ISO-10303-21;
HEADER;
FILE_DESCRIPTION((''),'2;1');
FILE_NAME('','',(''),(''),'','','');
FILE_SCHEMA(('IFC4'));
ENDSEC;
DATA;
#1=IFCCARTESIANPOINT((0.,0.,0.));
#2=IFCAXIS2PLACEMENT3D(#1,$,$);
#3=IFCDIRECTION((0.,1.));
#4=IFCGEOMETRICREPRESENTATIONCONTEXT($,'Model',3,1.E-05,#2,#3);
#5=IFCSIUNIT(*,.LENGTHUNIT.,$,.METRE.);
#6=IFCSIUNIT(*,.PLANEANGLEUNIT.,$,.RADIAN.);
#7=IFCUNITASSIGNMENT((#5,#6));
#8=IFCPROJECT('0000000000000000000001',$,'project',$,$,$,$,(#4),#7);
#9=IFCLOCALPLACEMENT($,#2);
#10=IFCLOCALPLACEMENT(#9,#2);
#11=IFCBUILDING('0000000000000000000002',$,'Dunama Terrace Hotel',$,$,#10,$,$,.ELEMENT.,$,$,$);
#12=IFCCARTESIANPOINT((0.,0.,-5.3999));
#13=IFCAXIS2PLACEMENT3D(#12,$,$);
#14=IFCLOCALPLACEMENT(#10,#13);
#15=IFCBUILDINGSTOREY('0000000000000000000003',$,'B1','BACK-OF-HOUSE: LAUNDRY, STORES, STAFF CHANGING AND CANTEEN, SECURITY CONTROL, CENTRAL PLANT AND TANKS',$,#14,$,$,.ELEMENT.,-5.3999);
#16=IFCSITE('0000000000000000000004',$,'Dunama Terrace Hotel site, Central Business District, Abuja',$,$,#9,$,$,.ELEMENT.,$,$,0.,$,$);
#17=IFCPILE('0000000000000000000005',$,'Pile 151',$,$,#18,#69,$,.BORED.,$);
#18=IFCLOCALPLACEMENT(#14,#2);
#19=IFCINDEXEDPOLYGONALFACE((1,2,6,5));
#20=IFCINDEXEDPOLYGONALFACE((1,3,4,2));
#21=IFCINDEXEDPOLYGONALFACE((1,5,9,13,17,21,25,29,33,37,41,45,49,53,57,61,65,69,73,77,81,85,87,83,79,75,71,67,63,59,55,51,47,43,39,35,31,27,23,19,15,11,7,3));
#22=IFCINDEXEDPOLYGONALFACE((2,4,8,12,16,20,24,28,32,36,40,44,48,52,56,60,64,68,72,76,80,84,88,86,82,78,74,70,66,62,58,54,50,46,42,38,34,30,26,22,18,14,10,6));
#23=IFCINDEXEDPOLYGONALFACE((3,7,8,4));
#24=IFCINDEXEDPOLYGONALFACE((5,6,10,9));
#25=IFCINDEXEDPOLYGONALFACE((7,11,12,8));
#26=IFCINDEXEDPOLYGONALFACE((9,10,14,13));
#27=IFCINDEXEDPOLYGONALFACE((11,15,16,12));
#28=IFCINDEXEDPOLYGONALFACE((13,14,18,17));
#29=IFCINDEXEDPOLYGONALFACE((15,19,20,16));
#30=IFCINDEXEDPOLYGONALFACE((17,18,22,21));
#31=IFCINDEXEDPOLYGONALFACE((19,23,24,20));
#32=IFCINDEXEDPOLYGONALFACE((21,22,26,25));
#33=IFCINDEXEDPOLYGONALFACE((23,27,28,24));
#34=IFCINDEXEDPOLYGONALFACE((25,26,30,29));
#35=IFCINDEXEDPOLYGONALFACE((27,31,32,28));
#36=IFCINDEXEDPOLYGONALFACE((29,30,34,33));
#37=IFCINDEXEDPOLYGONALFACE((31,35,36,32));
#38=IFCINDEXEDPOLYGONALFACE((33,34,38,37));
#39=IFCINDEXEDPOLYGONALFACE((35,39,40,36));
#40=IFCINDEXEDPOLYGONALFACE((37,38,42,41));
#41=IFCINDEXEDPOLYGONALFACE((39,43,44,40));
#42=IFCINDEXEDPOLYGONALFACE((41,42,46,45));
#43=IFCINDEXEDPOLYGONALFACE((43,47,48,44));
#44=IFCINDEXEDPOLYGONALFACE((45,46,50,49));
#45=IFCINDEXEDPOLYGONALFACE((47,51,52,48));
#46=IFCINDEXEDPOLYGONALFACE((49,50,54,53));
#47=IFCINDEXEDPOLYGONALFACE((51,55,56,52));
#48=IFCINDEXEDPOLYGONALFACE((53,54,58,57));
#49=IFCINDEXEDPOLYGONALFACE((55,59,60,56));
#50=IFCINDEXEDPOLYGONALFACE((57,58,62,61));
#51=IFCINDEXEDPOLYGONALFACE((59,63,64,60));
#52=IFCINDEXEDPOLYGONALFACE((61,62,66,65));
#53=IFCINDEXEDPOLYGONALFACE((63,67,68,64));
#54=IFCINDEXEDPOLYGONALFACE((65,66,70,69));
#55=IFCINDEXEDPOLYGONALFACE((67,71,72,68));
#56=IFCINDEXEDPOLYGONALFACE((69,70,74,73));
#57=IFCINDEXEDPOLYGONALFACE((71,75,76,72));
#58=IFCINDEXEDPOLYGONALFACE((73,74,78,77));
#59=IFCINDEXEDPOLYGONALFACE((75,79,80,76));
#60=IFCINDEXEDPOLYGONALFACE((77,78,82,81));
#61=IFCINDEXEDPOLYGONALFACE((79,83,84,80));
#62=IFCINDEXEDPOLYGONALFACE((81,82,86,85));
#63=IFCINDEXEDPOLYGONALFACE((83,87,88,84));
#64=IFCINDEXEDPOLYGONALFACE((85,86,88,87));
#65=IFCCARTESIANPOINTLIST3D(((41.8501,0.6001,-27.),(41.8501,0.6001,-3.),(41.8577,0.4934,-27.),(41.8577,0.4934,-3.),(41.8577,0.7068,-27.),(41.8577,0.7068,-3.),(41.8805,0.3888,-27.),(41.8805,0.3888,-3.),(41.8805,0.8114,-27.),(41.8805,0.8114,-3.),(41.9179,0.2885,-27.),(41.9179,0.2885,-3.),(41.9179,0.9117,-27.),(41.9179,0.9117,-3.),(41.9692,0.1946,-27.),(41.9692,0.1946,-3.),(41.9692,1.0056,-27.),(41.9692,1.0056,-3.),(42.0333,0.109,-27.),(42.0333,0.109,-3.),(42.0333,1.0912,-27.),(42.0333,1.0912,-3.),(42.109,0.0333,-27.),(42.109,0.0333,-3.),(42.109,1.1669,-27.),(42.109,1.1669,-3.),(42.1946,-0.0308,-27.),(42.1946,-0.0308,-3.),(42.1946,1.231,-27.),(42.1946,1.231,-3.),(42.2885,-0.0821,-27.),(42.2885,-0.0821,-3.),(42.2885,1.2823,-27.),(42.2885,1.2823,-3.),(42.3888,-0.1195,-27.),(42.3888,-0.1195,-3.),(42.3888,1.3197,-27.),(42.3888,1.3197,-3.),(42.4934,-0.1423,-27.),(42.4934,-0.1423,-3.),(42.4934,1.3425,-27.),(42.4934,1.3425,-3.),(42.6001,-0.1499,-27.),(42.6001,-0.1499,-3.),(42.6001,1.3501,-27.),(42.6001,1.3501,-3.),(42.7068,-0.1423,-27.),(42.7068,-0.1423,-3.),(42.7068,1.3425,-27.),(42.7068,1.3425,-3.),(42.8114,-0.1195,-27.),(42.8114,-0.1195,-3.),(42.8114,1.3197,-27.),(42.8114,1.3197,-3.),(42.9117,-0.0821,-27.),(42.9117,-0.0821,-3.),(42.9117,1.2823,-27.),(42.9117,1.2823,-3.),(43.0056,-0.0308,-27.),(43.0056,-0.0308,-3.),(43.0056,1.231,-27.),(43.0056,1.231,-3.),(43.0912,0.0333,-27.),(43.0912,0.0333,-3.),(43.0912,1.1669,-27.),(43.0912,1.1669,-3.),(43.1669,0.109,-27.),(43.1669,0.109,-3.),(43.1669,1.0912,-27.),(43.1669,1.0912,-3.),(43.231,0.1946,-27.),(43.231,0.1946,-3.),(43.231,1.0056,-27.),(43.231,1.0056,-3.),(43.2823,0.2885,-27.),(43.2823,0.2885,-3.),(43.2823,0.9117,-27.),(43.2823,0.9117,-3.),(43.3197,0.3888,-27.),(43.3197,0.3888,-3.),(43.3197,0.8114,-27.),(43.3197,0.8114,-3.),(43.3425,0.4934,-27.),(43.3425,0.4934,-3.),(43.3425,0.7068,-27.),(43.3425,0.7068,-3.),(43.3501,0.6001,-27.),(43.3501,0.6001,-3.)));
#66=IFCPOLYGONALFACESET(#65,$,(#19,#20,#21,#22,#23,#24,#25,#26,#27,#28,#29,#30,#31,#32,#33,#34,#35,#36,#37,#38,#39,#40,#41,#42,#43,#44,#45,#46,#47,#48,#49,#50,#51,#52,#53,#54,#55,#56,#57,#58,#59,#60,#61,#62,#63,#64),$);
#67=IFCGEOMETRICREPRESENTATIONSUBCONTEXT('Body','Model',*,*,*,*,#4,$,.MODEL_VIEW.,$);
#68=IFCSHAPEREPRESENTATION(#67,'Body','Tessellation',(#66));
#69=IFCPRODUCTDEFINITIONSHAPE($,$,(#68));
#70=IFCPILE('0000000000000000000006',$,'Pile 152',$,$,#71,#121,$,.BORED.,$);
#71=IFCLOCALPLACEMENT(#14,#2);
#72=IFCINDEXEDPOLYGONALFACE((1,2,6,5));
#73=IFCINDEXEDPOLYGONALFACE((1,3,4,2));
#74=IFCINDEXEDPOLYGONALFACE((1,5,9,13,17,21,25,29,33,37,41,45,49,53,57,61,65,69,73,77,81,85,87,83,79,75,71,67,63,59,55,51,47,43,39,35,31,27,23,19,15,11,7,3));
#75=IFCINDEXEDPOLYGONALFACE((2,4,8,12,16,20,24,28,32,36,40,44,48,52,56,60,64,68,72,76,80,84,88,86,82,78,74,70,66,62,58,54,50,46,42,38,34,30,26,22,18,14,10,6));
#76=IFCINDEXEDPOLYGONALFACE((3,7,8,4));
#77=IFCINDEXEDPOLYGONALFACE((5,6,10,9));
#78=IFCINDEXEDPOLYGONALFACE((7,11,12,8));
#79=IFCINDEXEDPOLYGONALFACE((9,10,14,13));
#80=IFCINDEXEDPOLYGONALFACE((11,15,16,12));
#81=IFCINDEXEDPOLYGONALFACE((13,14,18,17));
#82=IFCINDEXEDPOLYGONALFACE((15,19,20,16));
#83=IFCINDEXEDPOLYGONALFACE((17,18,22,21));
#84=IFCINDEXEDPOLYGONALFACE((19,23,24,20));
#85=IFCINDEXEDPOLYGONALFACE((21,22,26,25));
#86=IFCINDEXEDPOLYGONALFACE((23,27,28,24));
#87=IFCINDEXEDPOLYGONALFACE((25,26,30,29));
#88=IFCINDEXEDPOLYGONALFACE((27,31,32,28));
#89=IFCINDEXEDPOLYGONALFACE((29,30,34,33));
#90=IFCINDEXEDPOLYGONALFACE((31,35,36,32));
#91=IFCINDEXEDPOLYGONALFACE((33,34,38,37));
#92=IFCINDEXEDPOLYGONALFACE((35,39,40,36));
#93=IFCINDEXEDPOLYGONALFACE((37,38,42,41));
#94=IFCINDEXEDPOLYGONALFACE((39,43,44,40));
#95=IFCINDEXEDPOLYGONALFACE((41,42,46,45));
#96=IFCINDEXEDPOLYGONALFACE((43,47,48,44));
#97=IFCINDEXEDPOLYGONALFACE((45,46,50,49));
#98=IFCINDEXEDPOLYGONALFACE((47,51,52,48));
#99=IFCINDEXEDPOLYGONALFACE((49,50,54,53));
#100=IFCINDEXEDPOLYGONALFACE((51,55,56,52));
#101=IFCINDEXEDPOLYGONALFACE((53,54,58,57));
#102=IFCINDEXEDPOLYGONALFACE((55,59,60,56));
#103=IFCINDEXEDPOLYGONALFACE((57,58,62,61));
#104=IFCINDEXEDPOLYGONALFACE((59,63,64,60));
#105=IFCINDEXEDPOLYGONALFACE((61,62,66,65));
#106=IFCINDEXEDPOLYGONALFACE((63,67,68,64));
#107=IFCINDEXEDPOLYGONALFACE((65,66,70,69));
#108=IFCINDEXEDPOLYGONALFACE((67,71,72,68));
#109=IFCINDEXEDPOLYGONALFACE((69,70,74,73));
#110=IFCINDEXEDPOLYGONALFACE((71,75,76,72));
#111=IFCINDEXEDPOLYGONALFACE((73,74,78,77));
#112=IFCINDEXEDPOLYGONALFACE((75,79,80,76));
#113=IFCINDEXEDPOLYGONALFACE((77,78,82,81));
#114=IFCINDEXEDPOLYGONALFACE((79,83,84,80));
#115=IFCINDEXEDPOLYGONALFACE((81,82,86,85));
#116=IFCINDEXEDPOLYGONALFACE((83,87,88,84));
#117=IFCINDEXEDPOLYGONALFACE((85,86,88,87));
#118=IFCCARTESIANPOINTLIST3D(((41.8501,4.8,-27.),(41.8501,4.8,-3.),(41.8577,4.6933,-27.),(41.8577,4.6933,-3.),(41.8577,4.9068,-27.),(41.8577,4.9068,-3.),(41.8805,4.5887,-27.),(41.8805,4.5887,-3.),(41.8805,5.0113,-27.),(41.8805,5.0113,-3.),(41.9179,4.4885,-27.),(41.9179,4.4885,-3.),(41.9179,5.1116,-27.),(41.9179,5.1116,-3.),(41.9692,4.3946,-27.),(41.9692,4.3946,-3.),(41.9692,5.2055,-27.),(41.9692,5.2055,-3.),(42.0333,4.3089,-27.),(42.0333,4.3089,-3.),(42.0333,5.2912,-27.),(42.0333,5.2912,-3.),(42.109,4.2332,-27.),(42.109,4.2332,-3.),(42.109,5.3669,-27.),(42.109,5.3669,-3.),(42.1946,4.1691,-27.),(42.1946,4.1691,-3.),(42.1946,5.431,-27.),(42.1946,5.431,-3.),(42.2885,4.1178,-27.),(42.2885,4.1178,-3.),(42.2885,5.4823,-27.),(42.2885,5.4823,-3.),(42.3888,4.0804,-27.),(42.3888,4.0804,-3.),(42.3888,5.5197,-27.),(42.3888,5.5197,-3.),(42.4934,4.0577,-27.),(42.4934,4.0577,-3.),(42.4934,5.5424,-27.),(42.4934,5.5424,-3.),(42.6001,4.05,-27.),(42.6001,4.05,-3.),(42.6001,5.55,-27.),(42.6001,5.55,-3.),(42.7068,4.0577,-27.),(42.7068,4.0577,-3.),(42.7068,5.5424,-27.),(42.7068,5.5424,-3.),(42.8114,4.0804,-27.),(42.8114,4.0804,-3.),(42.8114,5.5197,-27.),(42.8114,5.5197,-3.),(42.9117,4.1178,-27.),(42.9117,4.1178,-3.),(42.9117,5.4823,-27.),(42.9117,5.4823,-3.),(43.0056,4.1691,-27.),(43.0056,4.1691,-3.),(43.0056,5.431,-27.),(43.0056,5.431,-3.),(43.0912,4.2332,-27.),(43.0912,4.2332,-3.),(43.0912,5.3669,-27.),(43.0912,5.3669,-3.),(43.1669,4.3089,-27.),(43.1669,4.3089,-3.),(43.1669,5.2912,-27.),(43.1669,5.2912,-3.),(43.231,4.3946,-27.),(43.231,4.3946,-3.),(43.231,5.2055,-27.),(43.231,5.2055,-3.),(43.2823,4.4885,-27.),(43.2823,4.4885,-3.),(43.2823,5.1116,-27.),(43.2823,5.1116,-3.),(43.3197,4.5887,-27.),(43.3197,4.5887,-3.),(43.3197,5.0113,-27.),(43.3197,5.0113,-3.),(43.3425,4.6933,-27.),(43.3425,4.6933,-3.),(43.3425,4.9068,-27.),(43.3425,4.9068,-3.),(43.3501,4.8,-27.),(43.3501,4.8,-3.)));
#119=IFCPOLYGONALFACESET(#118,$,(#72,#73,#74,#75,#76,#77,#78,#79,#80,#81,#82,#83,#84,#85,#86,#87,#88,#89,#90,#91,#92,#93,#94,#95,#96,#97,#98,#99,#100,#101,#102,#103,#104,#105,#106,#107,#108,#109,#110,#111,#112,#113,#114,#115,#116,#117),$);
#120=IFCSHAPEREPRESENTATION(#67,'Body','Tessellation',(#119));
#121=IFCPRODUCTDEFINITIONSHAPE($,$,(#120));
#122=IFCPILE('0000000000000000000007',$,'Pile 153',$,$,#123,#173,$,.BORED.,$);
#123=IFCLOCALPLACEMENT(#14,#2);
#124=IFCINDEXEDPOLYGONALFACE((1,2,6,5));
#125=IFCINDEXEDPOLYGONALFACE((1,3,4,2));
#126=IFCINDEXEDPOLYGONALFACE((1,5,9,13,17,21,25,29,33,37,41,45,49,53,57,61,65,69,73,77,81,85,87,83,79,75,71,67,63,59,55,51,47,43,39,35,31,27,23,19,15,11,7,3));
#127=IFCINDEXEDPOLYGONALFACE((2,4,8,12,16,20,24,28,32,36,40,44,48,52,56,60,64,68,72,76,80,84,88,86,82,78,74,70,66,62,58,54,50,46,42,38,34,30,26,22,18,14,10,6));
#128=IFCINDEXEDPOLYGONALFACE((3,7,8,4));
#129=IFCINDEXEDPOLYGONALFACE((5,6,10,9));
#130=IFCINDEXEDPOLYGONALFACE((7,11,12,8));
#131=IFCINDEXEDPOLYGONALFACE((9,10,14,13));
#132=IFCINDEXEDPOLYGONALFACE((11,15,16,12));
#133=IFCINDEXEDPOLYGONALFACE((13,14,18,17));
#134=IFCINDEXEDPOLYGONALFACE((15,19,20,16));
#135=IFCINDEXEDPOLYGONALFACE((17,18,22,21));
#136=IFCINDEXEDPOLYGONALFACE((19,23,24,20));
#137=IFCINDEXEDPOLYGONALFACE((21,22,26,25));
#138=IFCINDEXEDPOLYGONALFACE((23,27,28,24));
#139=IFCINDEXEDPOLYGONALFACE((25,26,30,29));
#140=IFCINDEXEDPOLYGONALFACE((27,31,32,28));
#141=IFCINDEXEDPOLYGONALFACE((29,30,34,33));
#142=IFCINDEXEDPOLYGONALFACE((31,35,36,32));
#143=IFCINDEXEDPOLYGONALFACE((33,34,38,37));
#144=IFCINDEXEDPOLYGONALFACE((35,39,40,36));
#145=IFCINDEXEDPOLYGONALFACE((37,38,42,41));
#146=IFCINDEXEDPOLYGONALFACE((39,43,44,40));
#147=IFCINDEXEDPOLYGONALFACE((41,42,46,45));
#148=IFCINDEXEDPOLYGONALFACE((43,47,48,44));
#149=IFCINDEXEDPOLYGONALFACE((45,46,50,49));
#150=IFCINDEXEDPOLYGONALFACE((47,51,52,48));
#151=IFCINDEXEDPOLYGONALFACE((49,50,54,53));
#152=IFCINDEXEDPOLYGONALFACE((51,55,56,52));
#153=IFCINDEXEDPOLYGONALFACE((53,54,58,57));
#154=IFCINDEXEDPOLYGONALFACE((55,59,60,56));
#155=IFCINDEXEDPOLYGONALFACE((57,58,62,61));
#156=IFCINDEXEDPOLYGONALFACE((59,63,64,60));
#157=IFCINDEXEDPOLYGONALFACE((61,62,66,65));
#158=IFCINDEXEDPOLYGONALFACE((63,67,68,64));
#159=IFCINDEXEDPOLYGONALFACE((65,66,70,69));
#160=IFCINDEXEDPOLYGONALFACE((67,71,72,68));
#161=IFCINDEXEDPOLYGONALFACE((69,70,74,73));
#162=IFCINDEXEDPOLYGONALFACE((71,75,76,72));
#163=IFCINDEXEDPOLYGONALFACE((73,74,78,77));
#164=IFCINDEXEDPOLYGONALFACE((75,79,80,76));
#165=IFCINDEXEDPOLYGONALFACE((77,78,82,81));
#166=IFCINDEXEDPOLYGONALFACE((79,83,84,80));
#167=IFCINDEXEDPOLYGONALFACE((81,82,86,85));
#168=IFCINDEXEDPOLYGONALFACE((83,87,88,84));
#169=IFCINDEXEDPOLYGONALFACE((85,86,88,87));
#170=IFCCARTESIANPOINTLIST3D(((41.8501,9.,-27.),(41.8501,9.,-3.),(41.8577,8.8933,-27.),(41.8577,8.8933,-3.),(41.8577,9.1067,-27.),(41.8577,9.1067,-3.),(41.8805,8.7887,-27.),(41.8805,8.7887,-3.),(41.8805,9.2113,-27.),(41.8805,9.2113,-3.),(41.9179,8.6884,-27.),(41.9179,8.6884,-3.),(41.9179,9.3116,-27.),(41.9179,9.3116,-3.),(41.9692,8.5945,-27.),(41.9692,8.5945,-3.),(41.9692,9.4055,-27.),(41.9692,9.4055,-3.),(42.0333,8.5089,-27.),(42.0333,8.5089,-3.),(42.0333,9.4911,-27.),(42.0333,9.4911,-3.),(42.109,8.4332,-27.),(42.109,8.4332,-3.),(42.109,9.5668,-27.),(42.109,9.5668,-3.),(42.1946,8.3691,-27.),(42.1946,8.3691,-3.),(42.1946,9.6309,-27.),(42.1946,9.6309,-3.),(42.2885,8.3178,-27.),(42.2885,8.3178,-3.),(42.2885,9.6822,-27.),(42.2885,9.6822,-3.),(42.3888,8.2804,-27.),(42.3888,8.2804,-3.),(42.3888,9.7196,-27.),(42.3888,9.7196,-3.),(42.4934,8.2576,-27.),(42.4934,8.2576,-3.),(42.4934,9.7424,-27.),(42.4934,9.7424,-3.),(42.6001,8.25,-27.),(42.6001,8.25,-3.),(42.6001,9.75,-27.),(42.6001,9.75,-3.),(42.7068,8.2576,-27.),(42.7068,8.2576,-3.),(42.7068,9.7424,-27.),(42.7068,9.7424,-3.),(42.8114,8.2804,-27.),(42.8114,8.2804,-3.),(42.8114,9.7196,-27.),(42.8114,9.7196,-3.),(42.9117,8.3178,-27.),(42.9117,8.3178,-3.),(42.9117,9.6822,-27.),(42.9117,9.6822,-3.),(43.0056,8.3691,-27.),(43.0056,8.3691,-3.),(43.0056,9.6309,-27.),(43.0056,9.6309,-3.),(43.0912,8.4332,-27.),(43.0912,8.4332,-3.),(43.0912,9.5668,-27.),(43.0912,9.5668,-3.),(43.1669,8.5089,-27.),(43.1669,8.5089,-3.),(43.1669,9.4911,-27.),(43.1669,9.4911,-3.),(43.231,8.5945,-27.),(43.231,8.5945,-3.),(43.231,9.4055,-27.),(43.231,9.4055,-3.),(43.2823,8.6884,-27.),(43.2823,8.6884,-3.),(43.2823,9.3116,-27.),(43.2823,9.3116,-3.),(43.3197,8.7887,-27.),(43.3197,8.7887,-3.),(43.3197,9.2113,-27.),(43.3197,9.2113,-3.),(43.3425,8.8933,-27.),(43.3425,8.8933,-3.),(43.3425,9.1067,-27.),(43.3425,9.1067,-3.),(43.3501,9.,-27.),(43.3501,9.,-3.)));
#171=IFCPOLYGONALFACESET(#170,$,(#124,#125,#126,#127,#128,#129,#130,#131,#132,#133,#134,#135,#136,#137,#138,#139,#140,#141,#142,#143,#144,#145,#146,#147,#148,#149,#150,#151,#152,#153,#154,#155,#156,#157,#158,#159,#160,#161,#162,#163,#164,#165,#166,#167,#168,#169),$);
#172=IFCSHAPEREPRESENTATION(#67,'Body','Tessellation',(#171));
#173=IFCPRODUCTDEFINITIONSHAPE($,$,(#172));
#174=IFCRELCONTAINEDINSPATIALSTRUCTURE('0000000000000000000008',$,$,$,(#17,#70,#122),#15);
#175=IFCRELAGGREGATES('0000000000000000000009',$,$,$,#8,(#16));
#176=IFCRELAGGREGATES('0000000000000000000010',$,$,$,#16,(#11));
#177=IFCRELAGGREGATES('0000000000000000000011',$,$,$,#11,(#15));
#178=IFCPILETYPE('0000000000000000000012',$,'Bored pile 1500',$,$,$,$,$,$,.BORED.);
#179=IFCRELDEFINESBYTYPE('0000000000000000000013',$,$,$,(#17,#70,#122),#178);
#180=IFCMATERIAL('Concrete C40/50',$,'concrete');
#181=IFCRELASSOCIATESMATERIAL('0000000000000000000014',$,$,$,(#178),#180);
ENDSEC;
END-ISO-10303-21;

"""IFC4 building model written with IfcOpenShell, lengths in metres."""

from ifc_helpers import new_model, si_unit, direction, frame, origin, origin_2d, place, context, subcontext, project, spatial, circle, extrude, material, material_profile, profile_set, type_object, element, save


model = new_model("IFC4")

# Units and contexts
model_context = context("Model", 3, precision=1e-05, world=origin(), true_north=direction((0.0, 1.0)))
body_context = subcontext(model_context, "Body", "Model", "MODEL_VIEW")
ifc_project = project(units=[si_unit("LENGTHUNIT", "METRE"), si_unit("PLANEANGLEUNIT", "RADIAN")], contexts=[model_context])

# Site, building, storey
site_placement = place(None, origin())
site = spatial("IfcSite", under=ifc_project, at=site_placement, Name="Dunama Terrace Hotel site, Central Business District, Abuja", CompositionType="ELEMENT", RefElevation=0.0)
building_placement = place(site_placement, origin())
building = spatial("IfcBuilding", under=site, at=building_placement, Name="Dunama Terrace Hotel", CompositionType="ELEMENT")
storey_placement = place(building_placement, frame((0.0, 0.0, -5.3999)))
storey = spatial("IfcBuildingStorey", under=building, at=storey_placement, Name="B1", Description="BACK-OF-HOUSE: LAUNDRY, STORES, STAFF CHANGING AND CANTEEN, SECURITY CONTROL, CENTRAL PLANT AND TANKS", CompositionType="ELEMENT", Elevation=-5.3999)

# Piles
ifc_material_1 = material(Name="Concrete C40/50", Category="concrete")
ifc_material_profile_1 = material_profile(ifc_material_1, circle(Radius=0.75, at=origin_2d()), Name="PILE D1500")
ifc_profile_set_1 = profile_set([ifc_material_profile_1], Name="Concrete C40/50")
pile_type = type_object("IfcPileType", Name="Bored pile 1500", PredefinedType="BORED", material=ifc_profile_set_1)
for number, where, z_axis, x_axis, name in (
    (1, (42.6001, 0.6001, -3.0), (0.0, 0.0, -1.0), (1.0, 0.0, 0.0), "Pile 151"),
    (2, (42.6001, 4.8, -3.0), (0.0, 0.0, -1.0), (1.0, 0.0, 0.0), "Pile 152"),
    (3, (42.6001, 9.0, -3.0), (0.0, 0.0, -1.0), (1.0, 0.0, 0.0), "Pile 153"),
):
    element("IfcPile", number, at=place(storey_placement, frame(where, z_axis=z_axis, x_axis=x_axis)), inside=storey, type_object=pile_type, Name=name, PredefinedType="BORED", context=body_context, shape_type="SweptSolid", body=[
        extrude(circle(Radius=0.75, at=origin_2d()), origin(), (0.0, 0.0, 1.0), 24.0),
    ])

save(model, "model.ifc")
